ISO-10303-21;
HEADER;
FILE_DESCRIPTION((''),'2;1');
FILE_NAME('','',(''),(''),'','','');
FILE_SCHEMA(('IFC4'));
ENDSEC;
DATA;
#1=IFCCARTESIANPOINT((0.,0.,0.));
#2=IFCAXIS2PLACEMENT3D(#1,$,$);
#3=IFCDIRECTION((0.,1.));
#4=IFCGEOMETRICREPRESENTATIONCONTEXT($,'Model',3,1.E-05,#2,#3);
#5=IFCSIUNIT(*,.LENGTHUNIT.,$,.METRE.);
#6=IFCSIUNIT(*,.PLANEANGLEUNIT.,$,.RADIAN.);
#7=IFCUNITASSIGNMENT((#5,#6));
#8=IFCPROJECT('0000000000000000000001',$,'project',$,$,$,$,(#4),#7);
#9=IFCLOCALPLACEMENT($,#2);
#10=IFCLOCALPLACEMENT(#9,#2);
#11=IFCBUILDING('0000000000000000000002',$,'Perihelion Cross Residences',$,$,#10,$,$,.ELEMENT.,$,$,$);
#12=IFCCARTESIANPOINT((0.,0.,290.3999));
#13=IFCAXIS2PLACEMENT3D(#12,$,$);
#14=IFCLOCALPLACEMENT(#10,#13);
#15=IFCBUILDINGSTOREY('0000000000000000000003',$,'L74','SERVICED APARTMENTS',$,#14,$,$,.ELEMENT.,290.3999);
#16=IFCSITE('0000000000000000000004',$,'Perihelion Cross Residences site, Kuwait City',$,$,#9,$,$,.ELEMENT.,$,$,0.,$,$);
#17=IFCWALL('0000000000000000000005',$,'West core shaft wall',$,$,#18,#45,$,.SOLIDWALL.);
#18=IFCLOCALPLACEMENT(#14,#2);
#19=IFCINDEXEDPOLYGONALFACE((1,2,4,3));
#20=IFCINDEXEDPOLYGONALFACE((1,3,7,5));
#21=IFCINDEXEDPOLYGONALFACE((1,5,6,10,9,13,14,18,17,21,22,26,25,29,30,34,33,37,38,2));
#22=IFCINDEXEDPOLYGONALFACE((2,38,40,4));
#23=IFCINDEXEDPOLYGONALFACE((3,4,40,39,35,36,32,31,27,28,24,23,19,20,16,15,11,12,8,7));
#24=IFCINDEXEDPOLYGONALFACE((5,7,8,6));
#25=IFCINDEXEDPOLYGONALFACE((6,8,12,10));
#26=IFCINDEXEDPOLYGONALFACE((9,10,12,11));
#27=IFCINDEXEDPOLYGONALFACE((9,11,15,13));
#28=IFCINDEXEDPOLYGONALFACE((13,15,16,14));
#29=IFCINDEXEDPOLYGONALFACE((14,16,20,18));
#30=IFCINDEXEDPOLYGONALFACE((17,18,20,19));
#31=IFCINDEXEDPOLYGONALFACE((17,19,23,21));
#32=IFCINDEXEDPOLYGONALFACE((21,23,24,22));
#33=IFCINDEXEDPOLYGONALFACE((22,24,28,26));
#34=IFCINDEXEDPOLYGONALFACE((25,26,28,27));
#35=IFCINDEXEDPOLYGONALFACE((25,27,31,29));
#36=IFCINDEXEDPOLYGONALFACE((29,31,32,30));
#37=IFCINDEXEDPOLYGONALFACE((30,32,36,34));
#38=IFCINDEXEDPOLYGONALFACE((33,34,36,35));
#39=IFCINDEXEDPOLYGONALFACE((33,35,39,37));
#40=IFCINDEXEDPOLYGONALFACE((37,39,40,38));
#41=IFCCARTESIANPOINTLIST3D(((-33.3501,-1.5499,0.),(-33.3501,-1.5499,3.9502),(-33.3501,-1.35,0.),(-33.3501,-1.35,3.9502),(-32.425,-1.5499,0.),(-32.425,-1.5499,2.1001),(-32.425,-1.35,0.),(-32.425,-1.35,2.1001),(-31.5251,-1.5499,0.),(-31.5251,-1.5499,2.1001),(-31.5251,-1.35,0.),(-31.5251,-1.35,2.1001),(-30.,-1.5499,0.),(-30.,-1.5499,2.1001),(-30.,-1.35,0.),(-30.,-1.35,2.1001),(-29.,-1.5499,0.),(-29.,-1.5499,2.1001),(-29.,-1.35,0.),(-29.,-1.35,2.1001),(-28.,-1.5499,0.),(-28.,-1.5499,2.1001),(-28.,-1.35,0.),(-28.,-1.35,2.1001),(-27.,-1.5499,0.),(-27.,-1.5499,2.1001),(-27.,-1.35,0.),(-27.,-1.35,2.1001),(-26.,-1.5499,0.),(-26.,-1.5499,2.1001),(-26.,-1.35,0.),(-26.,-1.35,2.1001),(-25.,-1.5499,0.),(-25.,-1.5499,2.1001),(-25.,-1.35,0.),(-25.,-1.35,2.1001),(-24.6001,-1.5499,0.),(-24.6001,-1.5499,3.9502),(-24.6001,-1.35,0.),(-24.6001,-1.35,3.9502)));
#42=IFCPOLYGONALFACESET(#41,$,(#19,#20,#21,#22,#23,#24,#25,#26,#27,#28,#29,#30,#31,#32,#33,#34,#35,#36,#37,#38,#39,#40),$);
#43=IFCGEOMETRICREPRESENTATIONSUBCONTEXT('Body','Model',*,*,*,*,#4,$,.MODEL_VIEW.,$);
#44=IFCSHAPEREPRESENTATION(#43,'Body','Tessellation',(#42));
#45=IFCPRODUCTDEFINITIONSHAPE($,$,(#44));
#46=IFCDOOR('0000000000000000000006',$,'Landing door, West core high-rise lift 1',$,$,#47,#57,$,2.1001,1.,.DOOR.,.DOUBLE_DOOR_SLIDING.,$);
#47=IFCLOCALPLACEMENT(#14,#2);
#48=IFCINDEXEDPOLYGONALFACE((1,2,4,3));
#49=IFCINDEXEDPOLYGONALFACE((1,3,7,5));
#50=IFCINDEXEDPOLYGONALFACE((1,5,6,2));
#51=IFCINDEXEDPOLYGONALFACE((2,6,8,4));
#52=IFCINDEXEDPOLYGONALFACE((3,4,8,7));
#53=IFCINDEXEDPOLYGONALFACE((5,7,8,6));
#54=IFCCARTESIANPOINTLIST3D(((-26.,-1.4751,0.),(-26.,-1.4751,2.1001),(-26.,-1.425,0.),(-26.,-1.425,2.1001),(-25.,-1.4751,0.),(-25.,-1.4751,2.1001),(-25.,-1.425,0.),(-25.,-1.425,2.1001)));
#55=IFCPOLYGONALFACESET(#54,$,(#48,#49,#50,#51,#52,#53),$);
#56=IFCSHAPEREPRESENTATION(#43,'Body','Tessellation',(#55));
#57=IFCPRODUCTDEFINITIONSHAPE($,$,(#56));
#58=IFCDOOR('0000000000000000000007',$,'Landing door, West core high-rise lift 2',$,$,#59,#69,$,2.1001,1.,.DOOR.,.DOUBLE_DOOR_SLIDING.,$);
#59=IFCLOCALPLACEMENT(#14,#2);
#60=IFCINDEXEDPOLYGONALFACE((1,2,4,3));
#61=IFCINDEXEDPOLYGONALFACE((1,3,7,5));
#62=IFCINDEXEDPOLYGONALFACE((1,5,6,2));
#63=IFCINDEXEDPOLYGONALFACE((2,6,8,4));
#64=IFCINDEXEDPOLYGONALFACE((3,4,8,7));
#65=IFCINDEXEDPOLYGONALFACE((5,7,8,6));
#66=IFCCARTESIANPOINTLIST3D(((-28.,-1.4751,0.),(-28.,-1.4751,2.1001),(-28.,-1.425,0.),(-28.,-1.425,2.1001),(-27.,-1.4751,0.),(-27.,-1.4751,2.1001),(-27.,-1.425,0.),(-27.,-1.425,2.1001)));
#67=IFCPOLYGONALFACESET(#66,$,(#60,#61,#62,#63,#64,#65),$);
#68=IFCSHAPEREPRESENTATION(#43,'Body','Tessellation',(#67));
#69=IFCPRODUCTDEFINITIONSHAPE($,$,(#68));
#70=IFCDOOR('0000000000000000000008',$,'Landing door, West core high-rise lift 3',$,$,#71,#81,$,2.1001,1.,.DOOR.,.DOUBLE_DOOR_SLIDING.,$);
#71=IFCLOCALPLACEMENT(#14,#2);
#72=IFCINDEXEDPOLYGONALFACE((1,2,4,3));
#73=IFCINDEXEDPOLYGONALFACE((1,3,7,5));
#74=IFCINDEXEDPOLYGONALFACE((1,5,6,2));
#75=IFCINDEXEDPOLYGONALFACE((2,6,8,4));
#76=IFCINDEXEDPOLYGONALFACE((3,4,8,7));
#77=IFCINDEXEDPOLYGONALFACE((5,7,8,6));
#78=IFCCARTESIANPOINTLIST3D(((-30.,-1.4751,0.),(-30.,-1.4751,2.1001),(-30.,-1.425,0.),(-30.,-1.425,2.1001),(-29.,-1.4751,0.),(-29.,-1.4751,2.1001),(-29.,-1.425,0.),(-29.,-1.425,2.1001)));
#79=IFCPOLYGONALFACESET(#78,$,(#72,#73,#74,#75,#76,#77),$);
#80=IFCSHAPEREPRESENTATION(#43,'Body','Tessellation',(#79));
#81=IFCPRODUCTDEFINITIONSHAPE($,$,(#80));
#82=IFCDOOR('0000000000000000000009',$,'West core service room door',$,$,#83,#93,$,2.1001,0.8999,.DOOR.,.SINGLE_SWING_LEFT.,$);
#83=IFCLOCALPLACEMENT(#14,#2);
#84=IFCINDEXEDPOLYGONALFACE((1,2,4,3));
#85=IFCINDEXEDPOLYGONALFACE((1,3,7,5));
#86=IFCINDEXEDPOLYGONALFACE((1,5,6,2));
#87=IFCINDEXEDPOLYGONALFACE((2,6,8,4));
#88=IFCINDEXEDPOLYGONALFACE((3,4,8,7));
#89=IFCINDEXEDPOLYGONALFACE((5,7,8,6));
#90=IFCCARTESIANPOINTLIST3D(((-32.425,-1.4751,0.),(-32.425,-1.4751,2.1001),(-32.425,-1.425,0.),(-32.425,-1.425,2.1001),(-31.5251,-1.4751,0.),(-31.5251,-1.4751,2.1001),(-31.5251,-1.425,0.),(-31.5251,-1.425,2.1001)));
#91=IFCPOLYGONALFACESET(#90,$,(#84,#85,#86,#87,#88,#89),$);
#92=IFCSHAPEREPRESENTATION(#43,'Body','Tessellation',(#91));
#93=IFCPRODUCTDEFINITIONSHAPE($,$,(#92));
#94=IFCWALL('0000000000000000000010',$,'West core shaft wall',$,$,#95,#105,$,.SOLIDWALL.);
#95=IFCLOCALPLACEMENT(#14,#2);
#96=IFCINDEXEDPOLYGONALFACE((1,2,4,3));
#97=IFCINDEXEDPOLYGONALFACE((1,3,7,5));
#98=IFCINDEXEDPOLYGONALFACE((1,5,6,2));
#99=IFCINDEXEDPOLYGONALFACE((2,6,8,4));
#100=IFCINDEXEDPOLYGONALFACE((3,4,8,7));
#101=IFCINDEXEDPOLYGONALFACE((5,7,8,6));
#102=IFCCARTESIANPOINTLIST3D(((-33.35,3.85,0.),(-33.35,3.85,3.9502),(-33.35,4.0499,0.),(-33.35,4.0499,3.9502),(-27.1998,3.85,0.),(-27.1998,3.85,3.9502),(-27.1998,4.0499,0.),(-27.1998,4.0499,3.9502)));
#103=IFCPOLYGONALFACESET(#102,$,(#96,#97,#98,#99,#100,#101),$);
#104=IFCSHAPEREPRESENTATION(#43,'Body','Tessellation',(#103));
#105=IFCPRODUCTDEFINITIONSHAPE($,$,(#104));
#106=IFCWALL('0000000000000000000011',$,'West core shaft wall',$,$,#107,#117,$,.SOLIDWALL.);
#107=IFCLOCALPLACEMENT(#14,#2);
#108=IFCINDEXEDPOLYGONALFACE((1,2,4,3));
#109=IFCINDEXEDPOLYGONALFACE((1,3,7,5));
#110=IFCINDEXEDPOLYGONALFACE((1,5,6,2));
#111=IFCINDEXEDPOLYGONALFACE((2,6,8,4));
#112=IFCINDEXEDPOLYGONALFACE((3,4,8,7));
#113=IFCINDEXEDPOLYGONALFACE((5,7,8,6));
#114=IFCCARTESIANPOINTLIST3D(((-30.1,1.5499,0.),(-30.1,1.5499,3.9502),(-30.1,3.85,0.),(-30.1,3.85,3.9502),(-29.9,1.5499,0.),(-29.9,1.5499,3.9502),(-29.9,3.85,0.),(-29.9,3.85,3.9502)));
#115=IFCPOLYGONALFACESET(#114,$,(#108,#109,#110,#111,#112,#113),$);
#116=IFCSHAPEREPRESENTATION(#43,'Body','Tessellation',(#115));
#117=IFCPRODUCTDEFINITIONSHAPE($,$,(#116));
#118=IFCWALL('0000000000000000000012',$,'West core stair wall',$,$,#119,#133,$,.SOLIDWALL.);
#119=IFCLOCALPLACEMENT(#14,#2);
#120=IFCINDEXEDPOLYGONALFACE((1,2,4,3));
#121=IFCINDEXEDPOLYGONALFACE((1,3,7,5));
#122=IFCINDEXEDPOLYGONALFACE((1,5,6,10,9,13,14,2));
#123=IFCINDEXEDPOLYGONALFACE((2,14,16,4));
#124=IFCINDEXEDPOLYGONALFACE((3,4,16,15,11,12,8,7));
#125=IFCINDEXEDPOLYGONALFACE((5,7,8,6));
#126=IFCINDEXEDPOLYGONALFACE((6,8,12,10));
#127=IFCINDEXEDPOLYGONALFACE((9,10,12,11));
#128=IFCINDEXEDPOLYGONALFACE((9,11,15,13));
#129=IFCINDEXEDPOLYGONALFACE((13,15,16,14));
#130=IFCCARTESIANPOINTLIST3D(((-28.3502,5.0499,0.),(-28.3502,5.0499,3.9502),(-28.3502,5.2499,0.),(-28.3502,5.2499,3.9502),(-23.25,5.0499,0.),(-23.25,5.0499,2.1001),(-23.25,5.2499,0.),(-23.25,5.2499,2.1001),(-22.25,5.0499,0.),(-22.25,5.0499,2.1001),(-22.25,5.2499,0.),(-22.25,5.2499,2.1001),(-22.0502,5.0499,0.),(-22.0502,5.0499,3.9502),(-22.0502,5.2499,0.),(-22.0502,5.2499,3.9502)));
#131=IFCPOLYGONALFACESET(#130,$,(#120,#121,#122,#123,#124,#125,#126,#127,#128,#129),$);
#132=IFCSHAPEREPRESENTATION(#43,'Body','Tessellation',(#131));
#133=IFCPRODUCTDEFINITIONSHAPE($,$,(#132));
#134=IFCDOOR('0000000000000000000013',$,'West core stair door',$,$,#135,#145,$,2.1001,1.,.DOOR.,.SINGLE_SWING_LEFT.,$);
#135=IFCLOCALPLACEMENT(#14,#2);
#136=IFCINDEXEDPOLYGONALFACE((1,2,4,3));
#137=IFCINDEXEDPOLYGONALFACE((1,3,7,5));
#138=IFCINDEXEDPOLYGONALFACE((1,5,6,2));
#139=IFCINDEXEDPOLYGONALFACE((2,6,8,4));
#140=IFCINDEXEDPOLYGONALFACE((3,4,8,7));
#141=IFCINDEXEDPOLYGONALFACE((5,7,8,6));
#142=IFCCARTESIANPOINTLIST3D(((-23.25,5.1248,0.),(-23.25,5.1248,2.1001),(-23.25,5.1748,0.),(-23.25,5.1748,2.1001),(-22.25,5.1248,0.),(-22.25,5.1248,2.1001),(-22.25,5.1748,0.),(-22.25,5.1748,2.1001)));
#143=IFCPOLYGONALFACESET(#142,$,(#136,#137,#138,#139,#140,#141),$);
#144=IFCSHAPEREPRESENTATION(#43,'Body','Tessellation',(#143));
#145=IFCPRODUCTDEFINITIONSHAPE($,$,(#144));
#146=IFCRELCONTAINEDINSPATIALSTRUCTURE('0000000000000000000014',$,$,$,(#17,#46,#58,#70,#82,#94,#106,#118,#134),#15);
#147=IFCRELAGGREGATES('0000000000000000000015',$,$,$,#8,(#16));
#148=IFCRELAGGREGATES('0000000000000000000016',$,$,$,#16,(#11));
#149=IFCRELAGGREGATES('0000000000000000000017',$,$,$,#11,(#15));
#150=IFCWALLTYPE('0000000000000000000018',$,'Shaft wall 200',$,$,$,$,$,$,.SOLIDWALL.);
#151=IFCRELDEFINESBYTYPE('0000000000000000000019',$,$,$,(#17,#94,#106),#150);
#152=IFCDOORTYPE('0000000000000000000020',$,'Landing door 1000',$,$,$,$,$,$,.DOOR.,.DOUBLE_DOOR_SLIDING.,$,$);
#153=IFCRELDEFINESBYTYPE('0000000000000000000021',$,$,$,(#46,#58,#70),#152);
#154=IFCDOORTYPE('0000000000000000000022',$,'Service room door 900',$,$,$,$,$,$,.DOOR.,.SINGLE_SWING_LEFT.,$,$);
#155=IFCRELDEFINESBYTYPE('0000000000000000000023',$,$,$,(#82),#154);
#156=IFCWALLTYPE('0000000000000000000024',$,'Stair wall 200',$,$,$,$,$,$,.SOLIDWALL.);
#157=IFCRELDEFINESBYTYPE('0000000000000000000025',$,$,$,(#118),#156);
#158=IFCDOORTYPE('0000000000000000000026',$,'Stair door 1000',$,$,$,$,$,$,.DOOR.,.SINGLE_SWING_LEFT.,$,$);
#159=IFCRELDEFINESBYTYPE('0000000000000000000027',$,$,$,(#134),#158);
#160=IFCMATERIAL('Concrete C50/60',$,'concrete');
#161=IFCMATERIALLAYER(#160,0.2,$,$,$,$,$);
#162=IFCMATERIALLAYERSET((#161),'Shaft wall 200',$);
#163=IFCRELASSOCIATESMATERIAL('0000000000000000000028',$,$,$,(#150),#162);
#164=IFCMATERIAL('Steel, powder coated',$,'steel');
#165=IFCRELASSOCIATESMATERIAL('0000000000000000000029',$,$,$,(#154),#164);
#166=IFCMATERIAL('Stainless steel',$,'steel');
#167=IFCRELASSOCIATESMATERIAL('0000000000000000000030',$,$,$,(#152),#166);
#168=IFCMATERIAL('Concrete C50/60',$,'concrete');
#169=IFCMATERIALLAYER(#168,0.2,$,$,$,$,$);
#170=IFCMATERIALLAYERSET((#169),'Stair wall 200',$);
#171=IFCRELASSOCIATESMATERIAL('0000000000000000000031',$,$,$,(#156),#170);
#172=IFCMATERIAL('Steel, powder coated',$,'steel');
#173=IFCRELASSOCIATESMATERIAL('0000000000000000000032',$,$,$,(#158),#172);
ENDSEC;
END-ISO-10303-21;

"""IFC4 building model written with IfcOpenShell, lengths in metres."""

from ifc_helpers import new_model, si_unit, direction, frame, frame_2d, origin, place, context, subcontext, project, spatial, rectangle, extrude, material, layer, layer_set, type_object, element, fill, save


model = new_model("IFC4")

# Units and contexts
model_context = context("Model", 3, precision=1e-05, world=origin(), true_north=direction((0.0, 1.0)))
body_context = subcontext(model_context, "Body", "Model", "MODEL_VIEW")
ifc_project = project(units=[si_unit("LENGTHUNIT", "METRE"), si_unit("PLANEANGLEUNIT", "RADIAN")], contexts=[model_context])

# Site, building, storey
site_placement = place(None, origin())
site = spatial("IfcSite", under=ifc_project, at=site_placement, Name="Perihelion Cross Residences site, Kuwait City", CompositionType="ELEMENT", RefElevation=0.0)
building_placement = place(site_placement, origin())
building = spatial("IfcBuilding", under=site, at=building_placement, Name="Perihelion Cross Residences", CompositionType="ELEMENT")
storey_placement = place(building_placement, frame((0.0, 0.0, 290.3999)))
storey = spatial("IfcBuildingStorey", under=building, at=storey_placement, Name="L74", Description="SERVICED APARTMENTS", CompositionType="ELEMENT", Elevation=290.3999)

# Wall, openings, doors
ifc_material_1 = material(Name="Concrete C50/60", Category="concrete")
ifc_layer_1 = layer(ifc_material_1, 0.2)
ifc_layer_set_1 = layer_set([ifc_layer_1], Name="Shaft wall 200")
wall_type_1 = type_object("IfcWallType", Name="Shaft wall 200", PredefinedType="SOLIDWALL", material=ifc_layer_set_1)
ifc_material_2 = material(Name="Steel, powder coated", Category="steel")
door_type_1 = type_object("IfcDoorType", Name="Service room door 900", OperationType="SINGLE_SWING_LEFT", PredefinedType="DOOR", material=ifc_material_2)
wall_1_placement = place(storey_placement, frame((-33.3501, -1.45, 0.0), z_axis=(0.0, 0.0, 1.0), x_axis=(1.0, 0.0, 0.0)))
wall_1 = element("IfcWall", 1, at=wall_1_placement, inside=storey, type_object=wall_type_1, Name="West core shaft wall", PredefinedType="SOLIDWALL", context=body_context, shape_type="SweptSolid", body=[
    extrude(rectangle(XDim=8.75, YDim=0.2, at=frame_2d((4.375, 0.0))), origin(), (0.0, 0.0, 1.0), 3.9502),
])
opening_1_placement = place(wall_1_placement, frame((7.3501, 0.0, 0.0)))
opening_1 = element("IfcOpeningElement", 2, at=opening_1_placement, cuts=wall_1, PredefinedType="OPENING", context=body_context, shape_type="SweptSolid", body=[
    extrude(rectangle(XDim=1.0, YDim=2.1001, at=frame_2d((0.5, 1.05))), frame((0.0, 0.1099, 0.0), z_axis=(0.0, -1.0, 0.0), x_axis=(1.0, 0.0, 0.0)), (0.0, 0.0, 1.0), 0.22),
])
opening_2_placement = place(wall_1_placement, frame((5.3501, 0.0, 0.0)))
opening_2 = element("IfcOpeningElement", 3, at=opening_2_placement, cuts=wall_1, PredefinedType="OPENING", context=body_context, shape_type="SweptSolid", body=[
    extrude(rectangle(XDim=1.0, YDim=2.1001, at=frame_2d((0.5, 1.05))), frame((0.0, 0.1099, 0.0), z_axis=(0.0, -1.0, 0.0), x_axis=(1.0, 0.0, 0.0)), (0.0, 0.0, 1.0), 0.22),
])
opening_3_placement = place(wall_1_placement, frame((3.3501, 0.0, 0.0)))
opening_3 = element("IfcOpeningElement", 4, at=opening_3_placement, cuts=wall_1, PredefinedType="OPENING", context=body_context, shape_type="SweptSolid", body=[
    extrude(rectangle(XDim=1.0, YDim=2.1001, at=frame_2d((0.5, 1.05))), frame((0.0, 0.1099, 0.0), z_axis=(0.0, -1.0, 0.0), x_axis=(1.0, 0.0, 0.0)), (0.0, 0.0, 1.0), 0.22),
])
opening_4_placement = place(wall_1_placement, frame((0.925, 0.0, 0.0)))
opening_4 = element("IfcOpeningElement", 5, at=opening_4_placement, cuts=wall_1, PredefinedType="OPENING", context=body_context, shape_type="SweptSolid", body=[
    extrude(rectangle(XDim=0.8999, YDim=2.1001, at=frame_2d((0.45, 1.05))), frame((0.0, 0.1099, 0.0), z_axis=(0.0, -1.0, 0.0), x_axis=(1.0, 0.0, 0.0)), (0.0, 0.0, 1.0), 0.22),
])
ifc_material_3 = material(Name="Stainless steel", Category="steel")
door_type_2 = type_object("IfcDoorType", Name="Landing door 1000", OperationType="DOUBLE_DOOR_SLIDING", PredefinedType="DOOR", material=ifc_material_3)
door_1_placement = place(opening_1_placement, origin())
door_1 = element("IfcDoor", 6, at=door_1_placement, inside=storey, type_object=door_type_2, Name="Landing door, West core high-rise lift 1", OperationType="DOUBLE_DOOR_SLIDING", OverallHeight=2.1001, OverallWidth=1.0, PredefinedType="DOOR", context=body_context, shape_type="SweptSolid", body=[
    extrude(rectangle(XDim=1.0, YDim=2.1001, at=frame_2d((0.5, 1.05))), frame((0.0, 0.0249, 0.0), z_axis=(0.0, -1.0, 0.0), x_axis=(1.0, 0.0, 0.0)), (0.0, 0.0, 1.0), 0.05),
])
fill(opening_1, door_1)
door_2_placement = place(opening_2_placement, origin())
door_2 = element("IfcDoor", 7, at=door_2_placement, inside=storey, type_object=door_type_2, Name="Landing door, West core high-rise lift 2", OperationType="DOUBLE_DOOR_SLIDING", OverallHeight=2.1001, OverallWidth=1.0, PredefinedType="DOOR", context=body_context, shape_type="SweptSolid", body=[
    extrude(rectangle(XDim=1.0, YDim=2.1001, at=frame_2d((0.5, 1.05))), frame((0.0, 0.0249, 0.0), z_axis=(0.0, -1.0, 0.0), x_axis=(1.0, 0.0, 0.0)), (0.0, 0.0, 1.0), 0.05),
])
fill(opening_2, door_2)
door_3_placement = place(opening_3_placement, origin())
door_3 = element("IfcDoor", 8, at=door_3_placement, inside=storey, type_object=door_type_2, Name="Landing door, West core high-rise lift 3", OperationType="DOUBLE_DOOR_SLIDING", OverallHeight=2.1001, OverallWidth=1.0, PredefinedType="DOOR", context=body_context, shape_type="SweptSolid", body=[
    extrude(rectangle(XDim=1.0, YDim=2.1001, at=frame_2d((0.5, 1.05))), frame((0.0, 0.0249, 0.0), z_axis=(0.0, -1.0, 0.0), x_axis=(1.0, 0.0, 0.0)), (0.0, 0.0, 1.0), 0.05),
])
fill(opening_3, door_3)
door_4_placement = place(opening_4_placement, origin())
door_4 = element("IfcDoor", 9, at=door_4_placement, inside=storey, type_object=door_type_1, Name="West core service room door", OperationType="SINGLE_SWING_LEFT", OverallHeight=2.1001, OverallWidth=0.8999, PredefinedType="DOOR", context=body_context, shape_type="SweptSolid", body=[
    extrude(rectangle(XDim=0.8999, YDim=2.1001, at=frame_2d((0.45, 1.05))), frame((0.0, 0.0249, 0.0), z_axis=(0.0, -1.0, 0.0), x_axis=(1.0, 0.0, 0.0)), (0.0, 0.0, 1.0), 0.05),
])
fill(opening_4, door_4)

# Walls
wall_2_placement = place(storey_placement, frame((-33.3501, 3.95, 0.0), z_axis=(0.0, 0.0, 1.0), x_axis=(1.0, 0.0, 0.0)))
element("IfcWall", 10, at=wall_2_placement, inside=storey, type_object=wall_type_1, Name="West core shaft wall", PredefinedType="SOLIDWALL", context=body_context, shape_type="SweptSolid", body=[
    extrude(rectangle(XDim=6.1501, YDim=0.2, at=frame_2d((3.0752, 0.0))), origin(), (0.0, 0.0, 1.0), 3.9502),
])
wall_3_placement = place(storey_placement, frame((-30.0, 1.55, 0.0), z_axis=(0.0, 0.0, 1.0), x_axis=(0.0, 1.0, 0.0)))
element("IfcWall", 11, at=wall_3_placement, inside=storey, type_object=wall_type_1, Name="West core shaft wall", PredefinedType="SOLIDWALL", context=body_context, shape_type="SweptSolid", body=[
    extrude(rectangle(XDim=2.3, YDim=0.2, at=frame_2d((1.1499, 0.0))), origin(), (0.0, 0.0, 1.0), 3.9502),
])

# Wall, opening, door
ifc_material_4 = material(Name="Concrete C50/60", Category="concrete")
ifc_layer_2 = layer(ifc_material_4, 0.2)
ifc_layer_set_2 = layer_set([ifc_layer_2], Name="Stair wall 200")
wall_type_2 = type_object("IfcWallType", Name="Stair wall 200", PredefinedType="SOLIDWALL", material=ifc_layer_set_2)
wall_4_placement = place(storey_placement, frame((-28.3501, 5.1499, 0.0), z_axis=(0.0, 0.0, 1.0), x_axis=(1.0, 0.0, 0.0)))
wall_4 = element("IfcWall", 12, at=wall_4_placement, inside=storey, type_object=wall_type_2, Name="West core stair wall", PredefinedType="SOLIDWALL", context=body_context, shape_type="SweptSolid", body=[
    extrude(rectangle(XDim=6.3, YDim=0.2, at=frame_2d((3.1499, 0.0))), origin(), (0.0, 0.0, 1.0), 3.9502),
])
opening_5_placement = place(wall_4_placement, frame((5.1001, 0.0, 0.0)))
opening_5 = element("IfcOpeningElement", 13, at=opening_5_placement, cuts=wall_4, PredefinedType="OPENING", context=body_context, shape_type="SweptSolid", body=[
    extrude(rectangle(XDim=1.0, YDim=2.1001, at=frame_2d((0.5, 1.05))), frame((0.0, 0.1099, 0.0), z_axis=(0.0, -1.0, 0.0), x_axis=(1.0, 0.0, 0.0)), (0.0, 0.0, 1.0), 0.22),
])
ifc_material_5 = material(Name="Steel, powder coated", Category="steel")
door_type_3 = type_object("IfcDoorType", Name="Stair door 1000", OperationType="SINGLE_SWING_LEFT", PredefinedType="DOOR", material=ifc_material_5)
door_5_placement = place(opening_5_placement, origin())
door_5 = element("IfcDoor", 14, at=door_5_placement, inside=storey, type_object=door_type_3, Name="West core stair door", OperationType="SINGLE_SWING_LEFT", OverallHeight=2.1001, OverallWidth=1.0, PredefinedType="DOOR", context=body_context, shape_type="SweptSolid", body=[
    extrude(rectangle(XDim=1.0, YDim=2.1001, at=frame_2d((0.5, 1.05))), frame((0.0, 0.0249, 0.0), z_axis=(0.0, -1.0, 0.0), x_axis=(1.0, 0.0, 0.0)), (0.0, 0.0, 1.0), 0.05),
])
fill(opening_5, door_5)

save(model, "model.ifc")
